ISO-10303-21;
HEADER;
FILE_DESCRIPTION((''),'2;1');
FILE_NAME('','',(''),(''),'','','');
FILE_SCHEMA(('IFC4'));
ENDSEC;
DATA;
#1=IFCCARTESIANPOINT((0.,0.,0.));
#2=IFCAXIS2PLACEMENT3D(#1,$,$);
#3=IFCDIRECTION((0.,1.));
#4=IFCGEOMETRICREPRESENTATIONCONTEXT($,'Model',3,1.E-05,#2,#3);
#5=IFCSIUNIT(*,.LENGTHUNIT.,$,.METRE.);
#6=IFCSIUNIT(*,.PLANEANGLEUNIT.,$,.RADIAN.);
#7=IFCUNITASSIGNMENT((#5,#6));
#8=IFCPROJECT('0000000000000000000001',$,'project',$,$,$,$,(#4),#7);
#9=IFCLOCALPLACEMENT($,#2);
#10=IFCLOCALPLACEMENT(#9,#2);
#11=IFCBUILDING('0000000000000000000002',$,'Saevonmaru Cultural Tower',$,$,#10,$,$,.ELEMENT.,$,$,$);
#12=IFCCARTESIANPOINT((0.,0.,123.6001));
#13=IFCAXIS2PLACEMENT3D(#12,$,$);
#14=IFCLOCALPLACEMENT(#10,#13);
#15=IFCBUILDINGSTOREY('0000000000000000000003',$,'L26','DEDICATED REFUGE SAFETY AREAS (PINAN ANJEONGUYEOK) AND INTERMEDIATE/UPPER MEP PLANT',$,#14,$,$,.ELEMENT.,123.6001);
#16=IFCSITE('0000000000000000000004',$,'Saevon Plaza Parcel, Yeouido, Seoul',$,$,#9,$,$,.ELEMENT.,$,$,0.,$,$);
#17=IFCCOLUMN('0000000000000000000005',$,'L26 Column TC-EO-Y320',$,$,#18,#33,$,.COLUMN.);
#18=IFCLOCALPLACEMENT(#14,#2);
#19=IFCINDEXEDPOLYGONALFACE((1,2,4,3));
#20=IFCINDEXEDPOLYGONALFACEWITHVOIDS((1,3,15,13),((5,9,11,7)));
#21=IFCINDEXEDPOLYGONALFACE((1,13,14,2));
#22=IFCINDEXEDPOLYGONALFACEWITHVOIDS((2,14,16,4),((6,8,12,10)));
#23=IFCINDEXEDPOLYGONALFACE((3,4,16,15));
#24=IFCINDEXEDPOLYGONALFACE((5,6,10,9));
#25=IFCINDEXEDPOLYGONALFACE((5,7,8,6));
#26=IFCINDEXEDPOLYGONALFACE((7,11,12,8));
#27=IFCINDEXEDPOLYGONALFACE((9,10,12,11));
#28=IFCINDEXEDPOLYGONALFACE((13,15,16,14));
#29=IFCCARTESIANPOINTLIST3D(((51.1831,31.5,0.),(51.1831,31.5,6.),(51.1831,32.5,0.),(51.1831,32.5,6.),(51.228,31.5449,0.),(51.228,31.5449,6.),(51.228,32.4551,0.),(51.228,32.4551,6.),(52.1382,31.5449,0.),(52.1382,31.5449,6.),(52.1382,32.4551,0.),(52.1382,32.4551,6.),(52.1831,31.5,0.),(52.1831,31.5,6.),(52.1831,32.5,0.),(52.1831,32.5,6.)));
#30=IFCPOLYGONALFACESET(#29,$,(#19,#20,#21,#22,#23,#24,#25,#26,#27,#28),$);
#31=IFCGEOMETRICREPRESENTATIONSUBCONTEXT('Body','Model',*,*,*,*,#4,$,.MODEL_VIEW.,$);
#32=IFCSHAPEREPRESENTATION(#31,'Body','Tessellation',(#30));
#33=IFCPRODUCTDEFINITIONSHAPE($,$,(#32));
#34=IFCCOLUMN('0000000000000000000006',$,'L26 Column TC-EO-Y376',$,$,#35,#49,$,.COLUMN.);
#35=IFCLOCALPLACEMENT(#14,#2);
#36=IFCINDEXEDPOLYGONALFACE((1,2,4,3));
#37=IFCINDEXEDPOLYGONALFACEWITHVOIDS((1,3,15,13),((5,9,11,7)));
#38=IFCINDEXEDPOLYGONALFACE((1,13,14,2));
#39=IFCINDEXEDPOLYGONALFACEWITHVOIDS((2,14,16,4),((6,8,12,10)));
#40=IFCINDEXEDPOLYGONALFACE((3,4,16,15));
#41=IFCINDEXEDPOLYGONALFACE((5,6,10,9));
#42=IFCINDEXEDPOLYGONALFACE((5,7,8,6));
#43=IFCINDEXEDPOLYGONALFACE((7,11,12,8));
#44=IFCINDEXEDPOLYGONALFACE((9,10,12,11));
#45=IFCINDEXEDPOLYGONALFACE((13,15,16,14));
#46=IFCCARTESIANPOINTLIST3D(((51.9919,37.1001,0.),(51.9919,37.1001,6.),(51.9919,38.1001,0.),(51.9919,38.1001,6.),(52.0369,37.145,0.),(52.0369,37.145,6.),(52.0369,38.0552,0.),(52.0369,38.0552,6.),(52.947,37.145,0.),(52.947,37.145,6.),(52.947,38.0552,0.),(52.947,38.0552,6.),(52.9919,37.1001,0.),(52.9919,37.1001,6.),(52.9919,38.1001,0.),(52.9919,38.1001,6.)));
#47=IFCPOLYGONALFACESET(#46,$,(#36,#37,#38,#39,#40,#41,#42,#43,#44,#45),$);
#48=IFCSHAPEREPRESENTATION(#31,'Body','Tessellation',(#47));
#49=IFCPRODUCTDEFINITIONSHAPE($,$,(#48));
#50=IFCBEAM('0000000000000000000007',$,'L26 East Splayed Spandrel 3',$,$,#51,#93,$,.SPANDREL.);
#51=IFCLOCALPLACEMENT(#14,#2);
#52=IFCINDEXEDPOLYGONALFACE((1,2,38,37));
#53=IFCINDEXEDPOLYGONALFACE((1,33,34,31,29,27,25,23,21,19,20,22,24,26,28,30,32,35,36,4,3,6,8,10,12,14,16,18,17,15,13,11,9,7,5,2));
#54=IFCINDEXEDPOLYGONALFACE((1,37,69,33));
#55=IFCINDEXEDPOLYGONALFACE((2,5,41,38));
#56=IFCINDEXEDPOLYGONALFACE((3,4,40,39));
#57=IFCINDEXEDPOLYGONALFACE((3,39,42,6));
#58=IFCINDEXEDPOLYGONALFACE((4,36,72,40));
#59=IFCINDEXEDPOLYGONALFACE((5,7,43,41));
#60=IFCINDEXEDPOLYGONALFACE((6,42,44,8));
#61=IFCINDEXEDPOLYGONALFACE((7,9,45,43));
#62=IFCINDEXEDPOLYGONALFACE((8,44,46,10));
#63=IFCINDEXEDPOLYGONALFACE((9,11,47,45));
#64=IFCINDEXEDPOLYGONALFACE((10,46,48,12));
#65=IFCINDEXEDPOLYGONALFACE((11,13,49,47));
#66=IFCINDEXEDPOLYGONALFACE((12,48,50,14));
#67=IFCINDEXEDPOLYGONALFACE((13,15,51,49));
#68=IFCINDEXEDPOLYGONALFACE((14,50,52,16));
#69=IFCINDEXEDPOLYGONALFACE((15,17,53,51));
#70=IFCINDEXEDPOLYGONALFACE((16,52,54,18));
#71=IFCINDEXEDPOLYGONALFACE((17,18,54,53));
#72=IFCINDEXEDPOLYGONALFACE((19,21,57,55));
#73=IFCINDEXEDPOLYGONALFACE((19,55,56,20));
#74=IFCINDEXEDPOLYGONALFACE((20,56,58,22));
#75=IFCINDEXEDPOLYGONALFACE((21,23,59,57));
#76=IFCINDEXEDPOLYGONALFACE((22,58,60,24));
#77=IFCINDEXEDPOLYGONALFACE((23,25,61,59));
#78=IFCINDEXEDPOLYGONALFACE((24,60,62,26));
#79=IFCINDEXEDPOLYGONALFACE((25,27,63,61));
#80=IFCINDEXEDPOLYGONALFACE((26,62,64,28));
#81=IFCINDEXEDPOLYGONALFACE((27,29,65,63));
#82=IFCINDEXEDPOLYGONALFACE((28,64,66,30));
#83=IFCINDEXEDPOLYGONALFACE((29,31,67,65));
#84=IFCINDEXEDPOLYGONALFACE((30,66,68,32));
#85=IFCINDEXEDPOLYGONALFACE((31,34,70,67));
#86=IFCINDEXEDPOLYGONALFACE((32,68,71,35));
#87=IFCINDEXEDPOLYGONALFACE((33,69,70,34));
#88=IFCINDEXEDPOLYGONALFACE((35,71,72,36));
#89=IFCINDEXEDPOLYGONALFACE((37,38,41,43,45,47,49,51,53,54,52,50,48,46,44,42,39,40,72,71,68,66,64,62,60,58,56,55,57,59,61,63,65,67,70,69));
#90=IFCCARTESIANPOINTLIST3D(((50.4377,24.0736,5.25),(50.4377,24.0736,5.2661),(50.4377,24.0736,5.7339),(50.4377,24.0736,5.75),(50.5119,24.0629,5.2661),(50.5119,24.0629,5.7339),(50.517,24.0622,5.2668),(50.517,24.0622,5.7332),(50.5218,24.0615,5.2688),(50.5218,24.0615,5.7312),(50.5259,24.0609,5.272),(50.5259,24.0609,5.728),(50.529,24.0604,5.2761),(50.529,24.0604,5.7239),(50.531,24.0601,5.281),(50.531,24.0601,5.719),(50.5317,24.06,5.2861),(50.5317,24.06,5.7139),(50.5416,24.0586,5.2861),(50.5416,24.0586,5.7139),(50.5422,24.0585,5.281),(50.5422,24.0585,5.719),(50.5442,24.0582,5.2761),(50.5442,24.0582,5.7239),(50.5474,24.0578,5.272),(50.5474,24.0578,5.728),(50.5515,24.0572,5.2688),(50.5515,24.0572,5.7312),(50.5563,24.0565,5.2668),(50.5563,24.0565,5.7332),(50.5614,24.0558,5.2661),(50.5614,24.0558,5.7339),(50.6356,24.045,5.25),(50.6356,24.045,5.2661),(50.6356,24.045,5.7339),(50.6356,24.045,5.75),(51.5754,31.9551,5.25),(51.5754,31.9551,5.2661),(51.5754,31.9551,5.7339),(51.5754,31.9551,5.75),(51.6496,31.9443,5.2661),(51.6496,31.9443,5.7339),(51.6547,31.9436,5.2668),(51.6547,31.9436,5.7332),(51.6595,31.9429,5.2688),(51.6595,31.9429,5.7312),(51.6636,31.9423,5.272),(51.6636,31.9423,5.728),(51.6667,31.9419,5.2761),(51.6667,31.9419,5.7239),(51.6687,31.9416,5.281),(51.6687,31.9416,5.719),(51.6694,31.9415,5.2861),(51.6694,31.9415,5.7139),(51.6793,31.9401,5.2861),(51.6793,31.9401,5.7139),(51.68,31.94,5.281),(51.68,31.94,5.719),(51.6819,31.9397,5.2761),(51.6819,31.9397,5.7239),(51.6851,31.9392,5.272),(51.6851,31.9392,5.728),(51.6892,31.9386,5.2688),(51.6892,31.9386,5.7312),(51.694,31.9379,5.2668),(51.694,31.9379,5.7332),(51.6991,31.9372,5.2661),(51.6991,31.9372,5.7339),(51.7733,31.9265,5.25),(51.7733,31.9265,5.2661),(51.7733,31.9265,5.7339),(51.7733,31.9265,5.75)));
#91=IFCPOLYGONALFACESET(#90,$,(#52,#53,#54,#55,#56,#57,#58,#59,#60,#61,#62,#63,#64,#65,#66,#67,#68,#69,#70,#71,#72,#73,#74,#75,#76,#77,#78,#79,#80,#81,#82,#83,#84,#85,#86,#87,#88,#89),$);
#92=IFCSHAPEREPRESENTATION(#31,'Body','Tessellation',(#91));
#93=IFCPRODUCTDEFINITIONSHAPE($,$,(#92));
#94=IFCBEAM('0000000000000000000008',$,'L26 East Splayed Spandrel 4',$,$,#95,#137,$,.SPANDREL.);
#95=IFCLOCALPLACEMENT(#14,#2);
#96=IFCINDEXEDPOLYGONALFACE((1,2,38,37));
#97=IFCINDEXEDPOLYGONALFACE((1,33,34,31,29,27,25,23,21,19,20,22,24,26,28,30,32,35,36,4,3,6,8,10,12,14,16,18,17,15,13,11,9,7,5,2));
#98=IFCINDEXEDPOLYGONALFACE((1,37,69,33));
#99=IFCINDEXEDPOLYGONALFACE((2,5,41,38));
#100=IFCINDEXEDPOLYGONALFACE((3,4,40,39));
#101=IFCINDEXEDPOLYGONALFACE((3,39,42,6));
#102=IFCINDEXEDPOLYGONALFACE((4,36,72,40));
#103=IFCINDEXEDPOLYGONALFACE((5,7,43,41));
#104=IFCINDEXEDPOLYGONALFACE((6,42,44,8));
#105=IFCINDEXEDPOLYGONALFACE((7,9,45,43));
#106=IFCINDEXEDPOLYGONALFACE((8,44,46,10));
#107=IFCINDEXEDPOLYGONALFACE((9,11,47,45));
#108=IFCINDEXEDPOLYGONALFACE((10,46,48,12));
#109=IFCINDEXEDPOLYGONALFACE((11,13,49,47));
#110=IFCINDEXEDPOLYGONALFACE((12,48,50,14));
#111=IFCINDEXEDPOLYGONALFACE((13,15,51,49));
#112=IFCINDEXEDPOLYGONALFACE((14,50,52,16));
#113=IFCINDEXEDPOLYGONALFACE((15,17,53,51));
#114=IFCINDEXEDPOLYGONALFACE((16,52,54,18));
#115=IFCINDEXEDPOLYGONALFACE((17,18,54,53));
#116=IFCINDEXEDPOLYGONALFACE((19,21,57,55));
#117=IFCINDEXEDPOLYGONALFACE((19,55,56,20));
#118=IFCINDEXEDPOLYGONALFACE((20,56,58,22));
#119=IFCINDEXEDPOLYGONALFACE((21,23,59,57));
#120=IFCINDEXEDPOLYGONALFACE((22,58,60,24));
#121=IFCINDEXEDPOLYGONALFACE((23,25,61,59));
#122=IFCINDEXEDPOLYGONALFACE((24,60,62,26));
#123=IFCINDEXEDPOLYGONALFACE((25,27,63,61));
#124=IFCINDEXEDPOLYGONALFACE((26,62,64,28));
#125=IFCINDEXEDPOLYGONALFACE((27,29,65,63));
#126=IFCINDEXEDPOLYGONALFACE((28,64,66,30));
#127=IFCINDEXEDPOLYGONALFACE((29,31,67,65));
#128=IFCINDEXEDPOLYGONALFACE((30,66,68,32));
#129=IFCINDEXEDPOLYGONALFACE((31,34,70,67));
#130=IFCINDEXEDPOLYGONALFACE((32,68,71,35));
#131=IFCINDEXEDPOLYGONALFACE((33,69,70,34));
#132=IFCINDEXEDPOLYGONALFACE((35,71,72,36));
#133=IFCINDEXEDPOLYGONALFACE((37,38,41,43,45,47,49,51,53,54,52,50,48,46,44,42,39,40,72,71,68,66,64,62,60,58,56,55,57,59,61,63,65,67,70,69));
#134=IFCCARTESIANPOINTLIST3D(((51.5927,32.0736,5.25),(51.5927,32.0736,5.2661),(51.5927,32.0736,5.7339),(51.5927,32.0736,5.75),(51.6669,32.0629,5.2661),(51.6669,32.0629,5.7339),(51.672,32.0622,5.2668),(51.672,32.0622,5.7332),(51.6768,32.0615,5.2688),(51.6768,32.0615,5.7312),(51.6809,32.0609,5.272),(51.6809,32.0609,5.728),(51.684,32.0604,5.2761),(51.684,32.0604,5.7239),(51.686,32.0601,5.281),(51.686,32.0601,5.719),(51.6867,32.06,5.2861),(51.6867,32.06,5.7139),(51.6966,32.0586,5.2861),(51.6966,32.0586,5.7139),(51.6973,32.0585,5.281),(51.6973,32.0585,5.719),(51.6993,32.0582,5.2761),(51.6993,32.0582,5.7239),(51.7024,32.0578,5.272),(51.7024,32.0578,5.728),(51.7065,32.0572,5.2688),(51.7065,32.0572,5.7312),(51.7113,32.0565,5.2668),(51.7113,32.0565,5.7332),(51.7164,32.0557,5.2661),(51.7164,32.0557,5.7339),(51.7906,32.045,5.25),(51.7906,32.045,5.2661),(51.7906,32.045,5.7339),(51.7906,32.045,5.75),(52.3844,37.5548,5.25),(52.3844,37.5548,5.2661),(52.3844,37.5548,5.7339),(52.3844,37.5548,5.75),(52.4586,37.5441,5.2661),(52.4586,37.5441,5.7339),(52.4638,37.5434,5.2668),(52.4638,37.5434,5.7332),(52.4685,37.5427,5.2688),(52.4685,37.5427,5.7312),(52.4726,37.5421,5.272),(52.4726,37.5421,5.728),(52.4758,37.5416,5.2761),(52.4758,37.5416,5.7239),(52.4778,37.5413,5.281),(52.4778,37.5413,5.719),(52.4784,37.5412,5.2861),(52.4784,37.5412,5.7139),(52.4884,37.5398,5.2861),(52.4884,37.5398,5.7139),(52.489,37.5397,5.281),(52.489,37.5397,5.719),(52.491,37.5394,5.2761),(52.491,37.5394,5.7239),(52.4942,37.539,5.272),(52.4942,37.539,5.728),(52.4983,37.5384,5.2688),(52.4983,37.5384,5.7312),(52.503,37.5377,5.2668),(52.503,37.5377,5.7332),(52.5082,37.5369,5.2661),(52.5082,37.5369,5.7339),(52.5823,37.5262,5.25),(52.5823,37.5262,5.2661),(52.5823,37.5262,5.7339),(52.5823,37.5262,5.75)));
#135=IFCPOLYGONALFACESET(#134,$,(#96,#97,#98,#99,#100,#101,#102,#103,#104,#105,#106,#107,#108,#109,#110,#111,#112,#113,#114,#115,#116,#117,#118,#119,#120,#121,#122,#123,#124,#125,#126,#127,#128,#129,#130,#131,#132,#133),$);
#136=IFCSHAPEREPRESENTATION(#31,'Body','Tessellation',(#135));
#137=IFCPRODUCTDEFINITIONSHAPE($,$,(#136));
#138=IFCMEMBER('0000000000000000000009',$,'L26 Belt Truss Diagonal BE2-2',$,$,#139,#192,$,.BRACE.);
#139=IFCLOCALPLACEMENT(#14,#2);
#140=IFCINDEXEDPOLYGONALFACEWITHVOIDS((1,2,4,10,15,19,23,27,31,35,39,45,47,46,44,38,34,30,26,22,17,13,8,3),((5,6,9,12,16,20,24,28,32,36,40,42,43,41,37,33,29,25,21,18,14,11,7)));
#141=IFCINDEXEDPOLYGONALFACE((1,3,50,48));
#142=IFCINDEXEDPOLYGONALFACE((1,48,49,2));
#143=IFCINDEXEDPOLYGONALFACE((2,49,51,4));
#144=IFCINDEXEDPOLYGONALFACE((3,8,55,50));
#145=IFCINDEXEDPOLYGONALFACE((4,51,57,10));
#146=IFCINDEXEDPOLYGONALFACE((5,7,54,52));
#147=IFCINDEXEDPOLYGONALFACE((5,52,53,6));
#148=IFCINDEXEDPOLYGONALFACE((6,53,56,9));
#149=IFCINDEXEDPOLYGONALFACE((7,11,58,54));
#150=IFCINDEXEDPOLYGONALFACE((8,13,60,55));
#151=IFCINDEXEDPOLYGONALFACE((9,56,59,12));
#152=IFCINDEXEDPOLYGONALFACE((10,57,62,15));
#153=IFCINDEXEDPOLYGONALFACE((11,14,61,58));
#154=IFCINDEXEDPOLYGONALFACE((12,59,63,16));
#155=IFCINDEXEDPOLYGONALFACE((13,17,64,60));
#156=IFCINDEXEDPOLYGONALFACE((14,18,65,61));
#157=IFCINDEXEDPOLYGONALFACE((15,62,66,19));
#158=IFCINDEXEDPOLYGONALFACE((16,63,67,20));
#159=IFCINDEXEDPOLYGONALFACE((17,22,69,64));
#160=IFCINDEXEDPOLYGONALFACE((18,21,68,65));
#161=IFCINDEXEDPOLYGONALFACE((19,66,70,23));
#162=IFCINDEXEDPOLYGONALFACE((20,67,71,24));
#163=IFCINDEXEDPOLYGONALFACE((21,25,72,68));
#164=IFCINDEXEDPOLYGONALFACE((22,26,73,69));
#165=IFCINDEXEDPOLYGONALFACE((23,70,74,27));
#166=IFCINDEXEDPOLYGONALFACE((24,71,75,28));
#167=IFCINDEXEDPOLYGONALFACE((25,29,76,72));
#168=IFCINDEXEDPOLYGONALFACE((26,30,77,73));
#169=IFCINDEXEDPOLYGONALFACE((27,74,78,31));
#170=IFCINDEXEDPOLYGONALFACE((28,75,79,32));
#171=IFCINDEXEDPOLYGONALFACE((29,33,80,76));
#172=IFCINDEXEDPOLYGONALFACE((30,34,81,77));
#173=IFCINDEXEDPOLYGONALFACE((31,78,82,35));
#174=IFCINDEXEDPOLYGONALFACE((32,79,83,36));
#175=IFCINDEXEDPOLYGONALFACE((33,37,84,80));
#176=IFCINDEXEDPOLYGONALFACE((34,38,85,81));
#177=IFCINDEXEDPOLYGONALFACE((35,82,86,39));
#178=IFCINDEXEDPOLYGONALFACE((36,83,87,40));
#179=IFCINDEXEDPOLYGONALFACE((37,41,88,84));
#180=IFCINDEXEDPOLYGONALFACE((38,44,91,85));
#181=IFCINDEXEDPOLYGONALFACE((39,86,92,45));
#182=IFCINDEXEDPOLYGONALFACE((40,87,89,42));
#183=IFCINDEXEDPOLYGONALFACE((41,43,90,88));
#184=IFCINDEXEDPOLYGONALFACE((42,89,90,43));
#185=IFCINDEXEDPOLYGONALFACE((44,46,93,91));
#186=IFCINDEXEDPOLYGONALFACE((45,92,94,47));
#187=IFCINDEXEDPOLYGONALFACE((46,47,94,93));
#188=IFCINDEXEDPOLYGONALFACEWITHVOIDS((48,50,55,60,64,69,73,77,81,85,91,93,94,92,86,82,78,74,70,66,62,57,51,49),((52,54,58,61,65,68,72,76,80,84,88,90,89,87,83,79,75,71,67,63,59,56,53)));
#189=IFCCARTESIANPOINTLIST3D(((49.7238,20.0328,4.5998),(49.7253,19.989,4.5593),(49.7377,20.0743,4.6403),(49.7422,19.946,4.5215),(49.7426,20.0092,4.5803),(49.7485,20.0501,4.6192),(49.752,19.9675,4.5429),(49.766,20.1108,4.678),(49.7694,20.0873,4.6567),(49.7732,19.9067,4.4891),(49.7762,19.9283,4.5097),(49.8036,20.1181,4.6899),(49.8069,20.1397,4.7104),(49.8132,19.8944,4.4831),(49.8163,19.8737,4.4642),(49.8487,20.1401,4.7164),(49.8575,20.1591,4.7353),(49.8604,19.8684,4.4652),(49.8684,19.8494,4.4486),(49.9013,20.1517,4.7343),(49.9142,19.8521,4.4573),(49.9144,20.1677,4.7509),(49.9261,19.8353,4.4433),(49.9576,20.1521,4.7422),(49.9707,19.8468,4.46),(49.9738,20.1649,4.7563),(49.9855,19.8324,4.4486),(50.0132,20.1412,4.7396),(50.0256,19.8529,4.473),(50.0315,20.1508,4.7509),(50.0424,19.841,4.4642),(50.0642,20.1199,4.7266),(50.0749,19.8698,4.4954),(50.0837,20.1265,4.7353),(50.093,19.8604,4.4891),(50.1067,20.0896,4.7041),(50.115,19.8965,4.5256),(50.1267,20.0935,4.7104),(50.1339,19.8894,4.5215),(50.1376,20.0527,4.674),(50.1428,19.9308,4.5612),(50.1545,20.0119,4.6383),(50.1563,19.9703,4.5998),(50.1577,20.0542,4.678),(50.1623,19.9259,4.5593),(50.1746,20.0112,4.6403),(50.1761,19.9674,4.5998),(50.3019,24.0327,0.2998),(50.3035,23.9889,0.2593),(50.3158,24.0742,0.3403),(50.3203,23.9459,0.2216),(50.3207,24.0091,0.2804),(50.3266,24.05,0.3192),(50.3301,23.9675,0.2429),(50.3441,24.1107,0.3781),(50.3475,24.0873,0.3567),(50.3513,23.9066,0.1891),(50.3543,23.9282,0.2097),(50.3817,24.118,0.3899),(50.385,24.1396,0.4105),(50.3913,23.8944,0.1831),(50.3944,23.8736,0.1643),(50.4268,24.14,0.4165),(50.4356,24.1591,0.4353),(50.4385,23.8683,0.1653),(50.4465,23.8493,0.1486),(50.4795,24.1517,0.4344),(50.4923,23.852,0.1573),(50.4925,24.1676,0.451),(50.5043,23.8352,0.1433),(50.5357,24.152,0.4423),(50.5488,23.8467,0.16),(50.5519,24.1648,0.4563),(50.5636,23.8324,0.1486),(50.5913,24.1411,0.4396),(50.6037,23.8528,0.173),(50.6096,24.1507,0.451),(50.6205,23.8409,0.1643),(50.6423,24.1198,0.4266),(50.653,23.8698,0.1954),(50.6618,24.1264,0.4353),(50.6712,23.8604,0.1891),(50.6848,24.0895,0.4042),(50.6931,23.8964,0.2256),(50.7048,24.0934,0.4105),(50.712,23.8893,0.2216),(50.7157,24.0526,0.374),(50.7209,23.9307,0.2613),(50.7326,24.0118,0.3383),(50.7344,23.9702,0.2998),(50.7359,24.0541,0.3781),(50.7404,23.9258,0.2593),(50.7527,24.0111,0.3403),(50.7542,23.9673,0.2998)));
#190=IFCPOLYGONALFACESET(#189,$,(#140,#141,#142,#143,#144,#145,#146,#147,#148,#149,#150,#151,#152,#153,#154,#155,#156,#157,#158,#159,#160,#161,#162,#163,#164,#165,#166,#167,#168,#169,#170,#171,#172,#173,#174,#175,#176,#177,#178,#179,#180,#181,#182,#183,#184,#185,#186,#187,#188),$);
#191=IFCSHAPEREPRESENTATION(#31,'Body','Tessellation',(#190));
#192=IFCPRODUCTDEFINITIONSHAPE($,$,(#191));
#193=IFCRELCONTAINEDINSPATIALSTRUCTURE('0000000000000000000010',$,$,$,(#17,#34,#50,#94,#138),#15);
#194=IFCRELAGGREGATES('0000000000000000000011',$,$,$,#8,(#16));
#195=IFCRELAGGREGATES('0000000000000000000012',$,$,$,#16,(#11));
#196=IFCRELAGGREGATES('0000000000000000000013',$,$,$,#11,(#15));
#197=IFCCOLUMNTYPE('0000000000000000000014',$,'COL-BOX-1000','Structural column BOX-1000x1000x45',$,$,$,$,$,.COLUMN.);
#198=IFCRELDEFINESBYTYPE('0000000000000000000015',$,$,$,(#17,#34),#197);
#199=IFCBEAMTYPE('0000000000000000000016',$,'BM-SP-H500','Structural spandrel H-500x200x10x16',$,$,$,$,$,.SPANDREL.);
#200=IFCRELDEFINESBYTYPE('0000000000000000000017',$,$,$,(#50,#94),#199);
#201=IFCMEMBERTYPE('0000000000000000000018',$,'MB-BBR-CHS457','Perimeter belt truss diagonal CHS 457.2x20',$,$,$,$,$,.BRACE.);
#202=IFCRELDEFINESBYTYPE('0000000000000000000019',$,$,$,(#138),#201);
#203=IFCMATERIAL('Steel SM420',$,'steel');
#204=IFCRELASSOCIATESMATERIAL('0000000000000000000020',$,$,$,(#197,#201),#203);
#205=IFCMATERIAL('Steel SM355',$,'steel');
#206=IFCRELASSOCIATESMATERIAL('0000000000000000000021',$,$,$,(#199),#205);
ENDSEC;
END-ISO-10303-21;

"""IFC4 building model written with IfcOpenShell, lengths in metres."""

from ifc_helpers import new_model, si_unit, direction, frame, origin, origin_2d, place, context, subcontext, project, spatial, hollow_rectangle, hollow_circle, i_section, extrude, material, material_profile, profile_set, type_object, element, save


model = new_model("IFC4")

# Units and contexts
model_context = context("Model", 3, precision=1e-05, world=origin(), true_north=direction((0.0, 1.0)))
body_context = subcontext(model_context, "Body", "Model", "MODEL_VIEW")
ifc_project = project(units=[si_unit("LENGTHUNIT", "METRE"), si_unit("PLANEANGLEUNIT", "RADIAN")], contexts=[model_context])

# Site, building, storey
site_placement = place(None, origin())
site = spatial("IfcSite", under=ifc_project, at=site_placement, Name="Saevon Plaza Parcel, Yeouido, Seoul", CompositionType="ELEMENT", RefElevation=0.0)
building_placement = place(site_placement, origin())
building = spatial("IfcBuilding", under=site, at=building_placement, Name="Saevonmaru Cultural Tower", CompositionType="ELEMENT")
storey_placement = place(building_placement, frame((0.0, 0.0, 123.6001)))
storey = spatial("IfcBuildingStorey", under=building, at=storey_placement, Name="L26", Description="DEDICATED REFUGE SAFETY AREAS (PINAN ANJEONGUYEOK) AND INTERMEDIATE/UPPER MEP PLANT", CompositionType="ELEMENT", Elevation=123.6001)

# Columns
ifc_material_1 = material(Name="Steel SM420", Category="steel")
ifc_material_profile_1 = material_profile(ifc_material_1, hollow_rectangle(XDim=1.0, YDim=1.0, WallThickness=0.0449, at=origin_2d()), Name="BOX-1000x1000x45")
ifc_profile_set_1 = profile_set([ifc_material_profile_1], Name="Steel SM420")
column_type = type_object("IfcColumnType", Name="COL-BOX-1000", Description="Structural column BOX-1000x1000x45", PredefinedType="COLUMN", material=ifc_profile_set_1)
for number, where, z_axis, x_axis, name in (
    (1, (51.6831, 32.0, 0.0), (0.0, 0.0, 1.0), (1.0, 0.0, 0.0), "L26 Column TC-EO-Y320"),
    (2, (52.4919, 37.6001, 0.0), (0.0, 0.0, 1.0), (1.0, 0.0, 0.0), "L26 Column TC-EO-Y376"),
):
    element("IfcColumn", number, at=place(storey_placement, frame(where, z_axis=z_axis, x_axis=x_axis)), inside=storey, type_object=column_type, Name=name, PredefinedType="COLUMN", context=body_context, shape_type="SweptSolid", body=[
        extrude(hollow_rectangle(XDim=1.0, YDim=1.0, WallThickness=0.0449, at=origin_2d()), origin(), (0.0, 0.0, 1.0), 6.0),
    ])

# Beams
ifc_material_2 = material(Name="Steel SM355", Category="steel")
ifc_material_profile_2 = material_profile(ifc_material_2, i_section(OverallWidth=0.2, OverallDepth=0.5, WebThickness=0.01, FlangeThickness=0.0161, FilletRadius=0.02, at=origin_2d()), Name="H-500x200x10x16")
ifc_profile_set_2 = profile_set([ifc_material_profile_2], Name="Steel SM355")
beam_type = type_object("IfcBeamType", Name="BM-SP-H500", Description="Structural spandrel H-500x200x10x16", PredefinedType="SPANDREL", material=ifc_profile_set_2)
beam_1_placement = place(storey_placement, frame((50.5366, 24.0593, 5.5), z_axis=(0.142872, 0.989741, 0.0), x_axis=(-0.989741, 0.142872, 0.0)))
element("IfcBeam", 3, at=beam_1_placement, inside=storey, type_object=beam_type, Name="L26 East Splayed Spandrel 3", PredefinedType="SPANDREL", context=body_context, shape_type="SweptSolid", body=[
    extrude(i_section(OverallWidth=0.2, OverallDepth=0.5, WebThickness=0.01, FlangeThickness=0.0161, FilletRadius=0.02, at=origin_2d()), origin(), (0.0, 0.0, 1.0), 7.9631),
])
beam_2_placement = place(storey_placement, frame((51.6917, 32.0593, 5.5), z_axis=(0.142964, 0.989728, 0.0), x_axis=(-0.989728, 0.142964, 0.0)))
element("IfcBeam", 4, at=beam_2_placement, inside=storey, type_object=beam_type, Name="L26 East Splayed Spandrel 4", PredefinedType="SPANDREL", context=body_context, shape_type="SweptSolid", body=[
    extrude(i_section(OverallWidth=0.2, OverallDepth=0.5, WebThickness=0.01, FlangeThickness=0.0161, FilletRadius=0.02, at=origin_2d()), origin(), (0.0, 0.0, 1.0), 5.5381),
])

# Member
ifc_material_profile_3 = material_profile(ifc_material_1, hollow_circle(Radius=0.2285, WallThickness=0.02, at=origin_2d()), Name="CHS-457.2x20")
ifc_profile_set_3 = profile_set([ifc_material_profile_3], Name="Steel SM420")
member_type_1 = type_object("IfcMemberType", Name="MB-BBR-CHS457", Description="Perimeter belt truss diagonal CHS 457.2x20", PredefinedType="BRACE", material=ifc_profile_set_3)
for number, where, z_axis, x_axis, name in (
    (5, (50.5281, 24.0, 0.2998), (-0.097967, -0.677823, 0.728669), (0.989716, -0.143045, 0.0), "L26 Belt Truss Diagonal BE2-2"),
):
    element("IfcMember", number, at=place(storey_placement, frame(where, z_axis=z_axis, x_axis=x_axis)), inside=storey, type_object=member_type_1, Name=name, PredefinedType="BRACE", context=body_context, shape_type="SweptSolid", body=[
        extrude(hollow_circle(Radius=0.2285, WallThickness=0.02, at=origin_2d()), origin(), (0.0, 0.0, 1.0), 5.9011),
    ])

save(model, "model.ifc")
